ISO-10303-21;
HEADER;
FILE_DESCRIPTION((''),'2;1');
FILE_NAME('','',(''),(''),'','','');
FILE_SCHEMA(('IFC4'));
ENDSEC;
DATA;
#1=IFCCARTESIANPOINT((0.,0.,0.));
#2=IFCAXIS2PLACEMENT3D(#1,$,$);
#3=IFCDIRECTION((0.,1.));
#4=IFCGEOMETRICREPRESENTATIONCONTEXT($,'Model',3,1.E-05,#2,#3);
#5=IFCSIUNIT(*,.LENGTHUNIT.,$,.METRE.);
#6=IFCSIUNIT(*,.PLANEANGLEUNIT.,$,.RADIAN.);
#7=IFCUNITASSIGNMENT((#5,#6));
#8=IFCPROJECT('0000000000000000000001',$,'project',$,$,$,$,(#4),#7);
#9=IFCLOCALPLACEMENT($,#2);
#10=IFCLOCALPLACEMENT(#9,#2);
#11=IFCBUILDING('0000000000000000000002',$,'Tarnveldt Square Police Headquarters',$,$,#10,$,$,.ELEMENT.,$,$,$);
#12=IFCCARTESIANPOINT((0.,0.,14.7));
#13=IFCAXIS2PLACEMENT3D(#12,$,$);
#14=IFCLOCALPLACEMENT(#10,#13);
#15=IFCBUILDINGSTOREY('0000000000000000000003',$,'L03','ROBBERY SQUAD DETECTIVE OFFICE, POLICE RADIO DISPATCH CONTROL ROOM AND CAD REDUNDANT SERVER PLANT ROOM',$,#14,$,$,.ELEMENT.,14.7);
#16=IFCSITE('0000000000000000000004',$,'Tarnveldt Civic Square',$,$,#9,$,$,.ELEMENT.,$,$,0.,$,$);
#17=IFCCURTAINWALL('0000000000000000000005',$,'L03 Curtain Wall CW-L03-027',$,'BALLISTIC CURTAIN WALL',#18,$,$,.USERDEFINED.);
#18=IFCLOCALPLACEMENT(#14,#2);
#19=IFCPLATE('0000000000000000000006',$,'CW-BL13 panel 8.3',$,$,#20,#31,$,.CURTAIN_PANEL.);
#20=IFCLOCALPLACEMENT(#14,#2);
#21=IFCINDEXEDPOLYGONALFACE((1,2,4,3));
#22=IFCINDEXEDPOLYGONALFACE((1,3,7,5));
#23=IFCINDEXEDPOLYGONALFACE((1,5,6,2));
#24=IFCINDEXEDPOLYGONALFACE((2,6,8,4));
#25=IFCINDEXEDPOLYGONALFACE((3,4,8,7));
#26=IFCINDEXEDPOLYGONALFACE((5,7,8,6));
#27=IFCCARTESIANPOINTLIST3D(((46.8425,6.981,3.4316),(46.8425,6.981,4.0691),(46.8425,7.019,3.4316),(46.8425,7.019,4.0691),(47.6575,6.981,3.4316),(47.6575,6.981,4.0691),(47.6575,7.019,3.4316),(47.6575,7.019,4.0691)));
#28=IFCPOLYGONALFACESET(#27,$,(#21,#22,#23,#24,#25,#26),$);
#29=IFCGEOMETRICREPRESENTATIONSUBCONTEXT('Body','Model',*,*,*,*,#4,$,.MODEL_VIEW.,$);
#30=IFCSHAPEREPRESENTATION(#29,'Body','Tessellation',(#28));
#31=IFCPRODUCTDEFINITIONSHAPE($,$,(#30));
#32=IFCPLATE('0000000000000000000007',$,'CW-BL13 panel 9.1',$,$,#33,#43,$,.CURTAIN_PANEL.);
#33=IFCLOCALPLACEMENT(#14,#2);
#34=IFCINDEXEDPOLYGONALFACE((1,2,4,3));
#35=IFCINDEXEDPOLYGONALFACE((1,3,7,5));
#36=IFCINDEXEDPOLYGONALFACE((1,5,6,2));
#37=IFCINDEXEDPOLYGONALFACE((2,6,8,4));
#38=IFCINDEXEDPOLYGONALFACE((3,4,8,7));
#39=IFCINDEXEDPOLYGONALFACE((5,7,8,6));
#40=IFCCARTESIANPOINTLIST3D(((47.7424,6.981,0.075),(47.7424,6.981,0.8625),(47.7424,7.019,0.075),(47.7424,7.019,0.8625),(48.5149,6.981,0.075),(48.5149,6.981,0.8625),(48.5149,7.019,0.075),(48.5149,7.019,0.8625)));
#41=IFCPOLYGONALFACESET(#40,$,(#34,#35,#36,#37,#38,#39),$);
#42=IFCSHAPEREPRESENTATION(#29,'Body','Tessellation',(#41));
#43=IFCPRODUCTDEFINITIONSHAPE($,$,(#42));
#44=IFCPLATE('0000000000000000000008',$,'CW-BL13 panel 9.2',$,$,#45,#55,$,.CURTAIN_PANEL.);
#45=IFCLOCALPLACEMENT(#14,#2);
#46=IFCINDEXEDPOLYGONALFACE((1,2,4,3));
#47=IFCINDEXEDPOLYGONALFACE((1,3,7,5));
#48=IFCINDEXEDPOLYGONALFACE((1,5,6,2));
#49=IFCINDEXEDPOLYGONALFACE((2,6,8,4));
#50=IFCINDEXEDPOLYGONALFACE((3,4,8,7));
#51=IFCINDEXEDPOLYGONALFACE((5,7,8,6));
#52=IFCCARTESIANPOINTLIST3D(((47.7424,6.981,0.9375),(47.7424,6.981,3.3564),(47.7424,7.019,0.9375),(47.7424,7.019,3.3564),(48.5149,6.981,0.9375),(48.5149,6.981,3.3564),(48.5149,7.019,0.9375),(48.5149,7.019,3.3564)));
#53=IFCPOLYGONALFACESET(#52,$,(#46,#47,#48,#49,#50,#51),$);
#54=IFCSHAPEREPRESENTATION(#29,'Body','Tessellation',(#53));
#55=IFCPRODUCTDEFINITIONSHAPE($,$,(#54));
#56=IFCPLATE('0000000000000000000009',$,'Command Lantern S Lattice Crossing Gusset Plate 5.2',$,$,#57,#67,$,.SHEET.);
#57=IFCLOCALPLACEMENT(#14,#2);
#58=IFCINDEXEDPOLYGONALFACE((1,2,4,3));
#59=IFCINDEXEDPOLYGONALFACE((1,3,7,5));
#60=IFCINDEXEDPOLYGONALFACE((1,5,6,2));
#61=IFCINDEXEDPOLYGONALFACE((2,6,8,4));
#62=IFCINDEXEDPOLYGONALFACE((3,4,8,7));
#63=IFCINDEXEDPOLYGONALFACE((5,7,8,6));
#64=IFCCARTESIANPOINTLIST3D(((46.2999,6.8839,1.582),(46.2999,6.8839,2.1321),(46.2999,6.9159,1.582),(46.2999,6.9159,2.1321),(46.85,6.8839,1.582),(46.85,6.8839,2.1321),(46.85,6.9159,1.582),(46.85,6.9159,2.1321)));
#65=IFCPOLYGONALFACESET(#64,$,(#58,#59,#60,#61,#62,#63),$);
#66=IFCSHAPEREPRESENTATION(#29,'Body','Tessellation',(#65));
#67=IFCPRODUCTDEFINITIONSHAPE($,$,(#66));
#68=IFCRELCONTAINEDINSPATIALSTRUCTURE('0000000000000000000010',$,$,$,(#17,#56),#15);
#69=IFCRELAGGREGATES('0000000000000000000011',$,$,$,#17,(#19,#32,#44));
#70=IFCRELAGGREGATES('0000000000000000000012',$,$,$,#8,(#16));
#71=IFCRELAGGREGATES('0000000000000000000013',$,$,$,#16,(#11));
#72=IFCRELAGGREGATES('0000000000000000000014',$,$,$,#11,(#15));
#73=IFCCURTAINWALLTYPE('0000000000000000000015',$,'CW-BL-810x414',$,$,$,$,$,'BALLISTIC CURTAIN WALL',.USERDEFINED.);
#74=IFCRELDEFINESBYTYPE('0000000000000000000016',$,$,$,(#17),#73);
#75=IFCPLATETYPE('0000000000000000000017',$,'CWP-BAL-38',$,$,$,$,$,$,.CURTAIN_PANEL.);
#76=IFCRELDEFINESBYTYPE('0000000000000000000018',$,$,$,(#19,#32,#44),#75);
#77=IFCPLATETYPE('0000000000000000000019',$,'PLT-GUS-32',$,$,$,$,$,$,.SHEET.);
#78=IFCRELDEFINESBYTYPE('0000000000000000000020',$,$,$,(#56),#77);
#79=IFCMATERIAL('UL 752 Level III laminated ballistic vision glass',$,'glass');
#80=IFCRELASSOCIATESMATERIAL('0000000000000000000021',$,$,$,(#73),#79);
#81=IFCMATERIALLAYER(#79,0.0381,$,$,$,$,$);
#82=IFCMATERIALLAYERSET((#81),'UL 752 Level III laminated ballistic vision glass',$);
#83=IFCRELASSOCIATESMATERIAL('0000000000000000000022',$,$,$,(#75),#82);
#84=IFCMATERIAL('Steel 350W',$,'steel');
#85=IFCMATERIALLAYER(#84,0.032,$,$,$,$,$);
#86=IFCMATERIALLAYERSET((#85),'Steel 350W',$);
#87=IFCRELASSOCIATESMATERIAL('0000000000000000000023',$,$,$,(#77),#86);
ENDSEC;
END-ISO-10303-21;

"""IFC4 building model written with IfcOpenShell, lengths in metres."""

from ifc_helpers import new_model, si_unit, direction, frame, origin, origin_2d, place, context, subcontext, project, spatial, rectangle, extrude, material, layer, layer_set, type_object, element, aggregate, save


model = new_model("IFC4")

# Units and contexts
model_context = context("Model", 3, precision=1e-05, world=origin(), true_north=direction((0.0, 1.0)))
body_context = subcontext(model_context, "Body", "Model", "MODEL_VIEW")
ifc_project = project(units=[si_unit("LENGTHUNIT", "METRE"), si_unit("PLANEANGLEUNIT", "RADIAN")], contexts=[model_context])

# Site, building, storey
site_placement = place(None, origin())
site = spatial("IfcSite", under=ifc_project, at=site_placement, Name="Tarnveldt Civic Square", CompositionType="ELEMENT", RefElevation=0.0)
building_placement = place(site_placement, origin())
building = spatial("IfcBuilding", under=site, at=building_placement, Name="Tarnveldt Square Police Headquarters", CompositionType="ELEMENT")
storey_placement = place(building_placement, frame((0.0, 0.0, 14.7)))
storey = spatial("IfcBuildingStorey", under=building, at=storey_placement, Name="L03", Description="ROBBERY SQUAD DETECTIVE OFFICE, POLICE RADIO DISPATCH CONTROL ROOM AND CAD REDUNDANT SERVER PLANT ROOM", CompositionType="ELEMENT", Elevation=14.7)

# Curtain wall
ifc_material_1 = material(Name="UL 752 Level III laminated ballistic vision glass", Category="glass")
curtain_wall_type = type_object("IfcCurtainWallType", Name="CW-BL-810x414", ElementType="BALLISTIC CURTAIN WALL", PredefinedType="USERDEFINED", material=ifc_material_1)
curtain_wall_placement = place(storey_placement, origin())
curtain_wall = element("IfcCurtainWall", 1, at=curtain_wall_placement, inside=storey, type_object=curtain_wall_type, Name="L03 Curtain Wall CW-L03-027", ObjectType="BALLISTIC CURTAIN WALL", PredefinedType="USERDEFINED")

# Shared definitions
ifc_material_2 = material(Name="Steel 350W", Category="steel")

# Plates
ifc_layer_1 = layer(ifc_material_1, 0.0381)
ifc_layer_set_1 = layer_set([ifc_layer_1], Name="UL 752 Level III laminated ballistic vision glass")
plate_type_1 = type_object("IfcPlateType", Name="CWP-BAL-38", PredefinedType="CURTAIN_PANEL", material=ifc_layer_set_1)
plate_1_placement = place(storey_placement, frame((47.25, 7.0, 3.4316), z_axis=(0.0, 0.0, 1.0), x_axis=(1.0, 0.0, 0.0)))
plate_1 = element("IfcPlate", 2, at=plate_1_placement, type_object=plate_type_1, Name="CW-BL13 panel 8.3", PredefinedType="CURTAIN_PANEL", context=body_context, shape_type="SweptSolid", body=[
    extrude(rectangle(XDim=0.8149, YDim=0.0381, at=origin_2d()), origin(), (0.0, 0.0, 1.0), 0.6375),
])
plate_2_placement = place(storey_placement, frame((48.1287, 7.0, 0.075), z_axis=(0.0, 0.0, 1.0), x_axis=(1.0, 0.0, 0.0)))
plate_2 = element("IfcPlate", 3, at=plate_2_placement, type_object=plate_type_1, Name="CW-BL13 panel 9.1", PredefinedType="CURTAIN_PANEL", context=body_context, shape_type="SweptSolid", body=[
    extrude(rectangle(XDim=0.7725, YDim=0.0381, at=origin_2d()), origin(), (0.0, 0.0, 1.0), 0.7876),
])
plate_3_placement = place(storey_placement, frame((48.1287, 7.0, 0.9375), z_axis=(0.0, 0.0, 1.0), x_axis=(1.0, 0.0, 0.0)))
plate_3 = element("IfcPlate", 4, at=plate_3_placement, type_object=plate_type_1, Name="CW-BL13 panel 9.2", PredefinedType="CURTAIN_PANEL", context=body_context, shape_type="SweptSolid", body=[
    extrude(rectangle(XDim=0.7725, YDim=0.0381, at=origin_2d()), origin(), (0.0, 0.0, 1.0), 2.4189),
])
aggregate(curtain_wall, [plate_1, plate_2, plate_3])
ifc_layer_2 = layer(ifc_material_2, 0.032)
ifc_layer_set_2 = layer_set([ifc_layer_2], Name="Steel 350W")
plate_type_2 = type_object("IfcPlateType", Name="PLT-GUS-32", PredefinedType="SHEET", material=ifc_layer_set_2)
plate_4_placement = place(storey_placement, frame((46.575, 6.8999, 1.582), z_axis=(0.0, 0.0, 1.0), x_axis=(1.0, 0.0, 0.0)))
element("IfcPlate", 5, at=plate_4_placement, inside=storey, type_object=plate_type_2, Name="Command Lantern S Lattice Crossing Gusset Plate 5.2", PredefinedType="SHEET", context=body_context, shape_type="SweptSolid", body=[
    extrude(rectangle(XDim=0.55, YDim=0.032, at=origin_2d()), origin(), (0.0, 0.0, 1.0), 0.55),
])

save(model, "model.ifc")
